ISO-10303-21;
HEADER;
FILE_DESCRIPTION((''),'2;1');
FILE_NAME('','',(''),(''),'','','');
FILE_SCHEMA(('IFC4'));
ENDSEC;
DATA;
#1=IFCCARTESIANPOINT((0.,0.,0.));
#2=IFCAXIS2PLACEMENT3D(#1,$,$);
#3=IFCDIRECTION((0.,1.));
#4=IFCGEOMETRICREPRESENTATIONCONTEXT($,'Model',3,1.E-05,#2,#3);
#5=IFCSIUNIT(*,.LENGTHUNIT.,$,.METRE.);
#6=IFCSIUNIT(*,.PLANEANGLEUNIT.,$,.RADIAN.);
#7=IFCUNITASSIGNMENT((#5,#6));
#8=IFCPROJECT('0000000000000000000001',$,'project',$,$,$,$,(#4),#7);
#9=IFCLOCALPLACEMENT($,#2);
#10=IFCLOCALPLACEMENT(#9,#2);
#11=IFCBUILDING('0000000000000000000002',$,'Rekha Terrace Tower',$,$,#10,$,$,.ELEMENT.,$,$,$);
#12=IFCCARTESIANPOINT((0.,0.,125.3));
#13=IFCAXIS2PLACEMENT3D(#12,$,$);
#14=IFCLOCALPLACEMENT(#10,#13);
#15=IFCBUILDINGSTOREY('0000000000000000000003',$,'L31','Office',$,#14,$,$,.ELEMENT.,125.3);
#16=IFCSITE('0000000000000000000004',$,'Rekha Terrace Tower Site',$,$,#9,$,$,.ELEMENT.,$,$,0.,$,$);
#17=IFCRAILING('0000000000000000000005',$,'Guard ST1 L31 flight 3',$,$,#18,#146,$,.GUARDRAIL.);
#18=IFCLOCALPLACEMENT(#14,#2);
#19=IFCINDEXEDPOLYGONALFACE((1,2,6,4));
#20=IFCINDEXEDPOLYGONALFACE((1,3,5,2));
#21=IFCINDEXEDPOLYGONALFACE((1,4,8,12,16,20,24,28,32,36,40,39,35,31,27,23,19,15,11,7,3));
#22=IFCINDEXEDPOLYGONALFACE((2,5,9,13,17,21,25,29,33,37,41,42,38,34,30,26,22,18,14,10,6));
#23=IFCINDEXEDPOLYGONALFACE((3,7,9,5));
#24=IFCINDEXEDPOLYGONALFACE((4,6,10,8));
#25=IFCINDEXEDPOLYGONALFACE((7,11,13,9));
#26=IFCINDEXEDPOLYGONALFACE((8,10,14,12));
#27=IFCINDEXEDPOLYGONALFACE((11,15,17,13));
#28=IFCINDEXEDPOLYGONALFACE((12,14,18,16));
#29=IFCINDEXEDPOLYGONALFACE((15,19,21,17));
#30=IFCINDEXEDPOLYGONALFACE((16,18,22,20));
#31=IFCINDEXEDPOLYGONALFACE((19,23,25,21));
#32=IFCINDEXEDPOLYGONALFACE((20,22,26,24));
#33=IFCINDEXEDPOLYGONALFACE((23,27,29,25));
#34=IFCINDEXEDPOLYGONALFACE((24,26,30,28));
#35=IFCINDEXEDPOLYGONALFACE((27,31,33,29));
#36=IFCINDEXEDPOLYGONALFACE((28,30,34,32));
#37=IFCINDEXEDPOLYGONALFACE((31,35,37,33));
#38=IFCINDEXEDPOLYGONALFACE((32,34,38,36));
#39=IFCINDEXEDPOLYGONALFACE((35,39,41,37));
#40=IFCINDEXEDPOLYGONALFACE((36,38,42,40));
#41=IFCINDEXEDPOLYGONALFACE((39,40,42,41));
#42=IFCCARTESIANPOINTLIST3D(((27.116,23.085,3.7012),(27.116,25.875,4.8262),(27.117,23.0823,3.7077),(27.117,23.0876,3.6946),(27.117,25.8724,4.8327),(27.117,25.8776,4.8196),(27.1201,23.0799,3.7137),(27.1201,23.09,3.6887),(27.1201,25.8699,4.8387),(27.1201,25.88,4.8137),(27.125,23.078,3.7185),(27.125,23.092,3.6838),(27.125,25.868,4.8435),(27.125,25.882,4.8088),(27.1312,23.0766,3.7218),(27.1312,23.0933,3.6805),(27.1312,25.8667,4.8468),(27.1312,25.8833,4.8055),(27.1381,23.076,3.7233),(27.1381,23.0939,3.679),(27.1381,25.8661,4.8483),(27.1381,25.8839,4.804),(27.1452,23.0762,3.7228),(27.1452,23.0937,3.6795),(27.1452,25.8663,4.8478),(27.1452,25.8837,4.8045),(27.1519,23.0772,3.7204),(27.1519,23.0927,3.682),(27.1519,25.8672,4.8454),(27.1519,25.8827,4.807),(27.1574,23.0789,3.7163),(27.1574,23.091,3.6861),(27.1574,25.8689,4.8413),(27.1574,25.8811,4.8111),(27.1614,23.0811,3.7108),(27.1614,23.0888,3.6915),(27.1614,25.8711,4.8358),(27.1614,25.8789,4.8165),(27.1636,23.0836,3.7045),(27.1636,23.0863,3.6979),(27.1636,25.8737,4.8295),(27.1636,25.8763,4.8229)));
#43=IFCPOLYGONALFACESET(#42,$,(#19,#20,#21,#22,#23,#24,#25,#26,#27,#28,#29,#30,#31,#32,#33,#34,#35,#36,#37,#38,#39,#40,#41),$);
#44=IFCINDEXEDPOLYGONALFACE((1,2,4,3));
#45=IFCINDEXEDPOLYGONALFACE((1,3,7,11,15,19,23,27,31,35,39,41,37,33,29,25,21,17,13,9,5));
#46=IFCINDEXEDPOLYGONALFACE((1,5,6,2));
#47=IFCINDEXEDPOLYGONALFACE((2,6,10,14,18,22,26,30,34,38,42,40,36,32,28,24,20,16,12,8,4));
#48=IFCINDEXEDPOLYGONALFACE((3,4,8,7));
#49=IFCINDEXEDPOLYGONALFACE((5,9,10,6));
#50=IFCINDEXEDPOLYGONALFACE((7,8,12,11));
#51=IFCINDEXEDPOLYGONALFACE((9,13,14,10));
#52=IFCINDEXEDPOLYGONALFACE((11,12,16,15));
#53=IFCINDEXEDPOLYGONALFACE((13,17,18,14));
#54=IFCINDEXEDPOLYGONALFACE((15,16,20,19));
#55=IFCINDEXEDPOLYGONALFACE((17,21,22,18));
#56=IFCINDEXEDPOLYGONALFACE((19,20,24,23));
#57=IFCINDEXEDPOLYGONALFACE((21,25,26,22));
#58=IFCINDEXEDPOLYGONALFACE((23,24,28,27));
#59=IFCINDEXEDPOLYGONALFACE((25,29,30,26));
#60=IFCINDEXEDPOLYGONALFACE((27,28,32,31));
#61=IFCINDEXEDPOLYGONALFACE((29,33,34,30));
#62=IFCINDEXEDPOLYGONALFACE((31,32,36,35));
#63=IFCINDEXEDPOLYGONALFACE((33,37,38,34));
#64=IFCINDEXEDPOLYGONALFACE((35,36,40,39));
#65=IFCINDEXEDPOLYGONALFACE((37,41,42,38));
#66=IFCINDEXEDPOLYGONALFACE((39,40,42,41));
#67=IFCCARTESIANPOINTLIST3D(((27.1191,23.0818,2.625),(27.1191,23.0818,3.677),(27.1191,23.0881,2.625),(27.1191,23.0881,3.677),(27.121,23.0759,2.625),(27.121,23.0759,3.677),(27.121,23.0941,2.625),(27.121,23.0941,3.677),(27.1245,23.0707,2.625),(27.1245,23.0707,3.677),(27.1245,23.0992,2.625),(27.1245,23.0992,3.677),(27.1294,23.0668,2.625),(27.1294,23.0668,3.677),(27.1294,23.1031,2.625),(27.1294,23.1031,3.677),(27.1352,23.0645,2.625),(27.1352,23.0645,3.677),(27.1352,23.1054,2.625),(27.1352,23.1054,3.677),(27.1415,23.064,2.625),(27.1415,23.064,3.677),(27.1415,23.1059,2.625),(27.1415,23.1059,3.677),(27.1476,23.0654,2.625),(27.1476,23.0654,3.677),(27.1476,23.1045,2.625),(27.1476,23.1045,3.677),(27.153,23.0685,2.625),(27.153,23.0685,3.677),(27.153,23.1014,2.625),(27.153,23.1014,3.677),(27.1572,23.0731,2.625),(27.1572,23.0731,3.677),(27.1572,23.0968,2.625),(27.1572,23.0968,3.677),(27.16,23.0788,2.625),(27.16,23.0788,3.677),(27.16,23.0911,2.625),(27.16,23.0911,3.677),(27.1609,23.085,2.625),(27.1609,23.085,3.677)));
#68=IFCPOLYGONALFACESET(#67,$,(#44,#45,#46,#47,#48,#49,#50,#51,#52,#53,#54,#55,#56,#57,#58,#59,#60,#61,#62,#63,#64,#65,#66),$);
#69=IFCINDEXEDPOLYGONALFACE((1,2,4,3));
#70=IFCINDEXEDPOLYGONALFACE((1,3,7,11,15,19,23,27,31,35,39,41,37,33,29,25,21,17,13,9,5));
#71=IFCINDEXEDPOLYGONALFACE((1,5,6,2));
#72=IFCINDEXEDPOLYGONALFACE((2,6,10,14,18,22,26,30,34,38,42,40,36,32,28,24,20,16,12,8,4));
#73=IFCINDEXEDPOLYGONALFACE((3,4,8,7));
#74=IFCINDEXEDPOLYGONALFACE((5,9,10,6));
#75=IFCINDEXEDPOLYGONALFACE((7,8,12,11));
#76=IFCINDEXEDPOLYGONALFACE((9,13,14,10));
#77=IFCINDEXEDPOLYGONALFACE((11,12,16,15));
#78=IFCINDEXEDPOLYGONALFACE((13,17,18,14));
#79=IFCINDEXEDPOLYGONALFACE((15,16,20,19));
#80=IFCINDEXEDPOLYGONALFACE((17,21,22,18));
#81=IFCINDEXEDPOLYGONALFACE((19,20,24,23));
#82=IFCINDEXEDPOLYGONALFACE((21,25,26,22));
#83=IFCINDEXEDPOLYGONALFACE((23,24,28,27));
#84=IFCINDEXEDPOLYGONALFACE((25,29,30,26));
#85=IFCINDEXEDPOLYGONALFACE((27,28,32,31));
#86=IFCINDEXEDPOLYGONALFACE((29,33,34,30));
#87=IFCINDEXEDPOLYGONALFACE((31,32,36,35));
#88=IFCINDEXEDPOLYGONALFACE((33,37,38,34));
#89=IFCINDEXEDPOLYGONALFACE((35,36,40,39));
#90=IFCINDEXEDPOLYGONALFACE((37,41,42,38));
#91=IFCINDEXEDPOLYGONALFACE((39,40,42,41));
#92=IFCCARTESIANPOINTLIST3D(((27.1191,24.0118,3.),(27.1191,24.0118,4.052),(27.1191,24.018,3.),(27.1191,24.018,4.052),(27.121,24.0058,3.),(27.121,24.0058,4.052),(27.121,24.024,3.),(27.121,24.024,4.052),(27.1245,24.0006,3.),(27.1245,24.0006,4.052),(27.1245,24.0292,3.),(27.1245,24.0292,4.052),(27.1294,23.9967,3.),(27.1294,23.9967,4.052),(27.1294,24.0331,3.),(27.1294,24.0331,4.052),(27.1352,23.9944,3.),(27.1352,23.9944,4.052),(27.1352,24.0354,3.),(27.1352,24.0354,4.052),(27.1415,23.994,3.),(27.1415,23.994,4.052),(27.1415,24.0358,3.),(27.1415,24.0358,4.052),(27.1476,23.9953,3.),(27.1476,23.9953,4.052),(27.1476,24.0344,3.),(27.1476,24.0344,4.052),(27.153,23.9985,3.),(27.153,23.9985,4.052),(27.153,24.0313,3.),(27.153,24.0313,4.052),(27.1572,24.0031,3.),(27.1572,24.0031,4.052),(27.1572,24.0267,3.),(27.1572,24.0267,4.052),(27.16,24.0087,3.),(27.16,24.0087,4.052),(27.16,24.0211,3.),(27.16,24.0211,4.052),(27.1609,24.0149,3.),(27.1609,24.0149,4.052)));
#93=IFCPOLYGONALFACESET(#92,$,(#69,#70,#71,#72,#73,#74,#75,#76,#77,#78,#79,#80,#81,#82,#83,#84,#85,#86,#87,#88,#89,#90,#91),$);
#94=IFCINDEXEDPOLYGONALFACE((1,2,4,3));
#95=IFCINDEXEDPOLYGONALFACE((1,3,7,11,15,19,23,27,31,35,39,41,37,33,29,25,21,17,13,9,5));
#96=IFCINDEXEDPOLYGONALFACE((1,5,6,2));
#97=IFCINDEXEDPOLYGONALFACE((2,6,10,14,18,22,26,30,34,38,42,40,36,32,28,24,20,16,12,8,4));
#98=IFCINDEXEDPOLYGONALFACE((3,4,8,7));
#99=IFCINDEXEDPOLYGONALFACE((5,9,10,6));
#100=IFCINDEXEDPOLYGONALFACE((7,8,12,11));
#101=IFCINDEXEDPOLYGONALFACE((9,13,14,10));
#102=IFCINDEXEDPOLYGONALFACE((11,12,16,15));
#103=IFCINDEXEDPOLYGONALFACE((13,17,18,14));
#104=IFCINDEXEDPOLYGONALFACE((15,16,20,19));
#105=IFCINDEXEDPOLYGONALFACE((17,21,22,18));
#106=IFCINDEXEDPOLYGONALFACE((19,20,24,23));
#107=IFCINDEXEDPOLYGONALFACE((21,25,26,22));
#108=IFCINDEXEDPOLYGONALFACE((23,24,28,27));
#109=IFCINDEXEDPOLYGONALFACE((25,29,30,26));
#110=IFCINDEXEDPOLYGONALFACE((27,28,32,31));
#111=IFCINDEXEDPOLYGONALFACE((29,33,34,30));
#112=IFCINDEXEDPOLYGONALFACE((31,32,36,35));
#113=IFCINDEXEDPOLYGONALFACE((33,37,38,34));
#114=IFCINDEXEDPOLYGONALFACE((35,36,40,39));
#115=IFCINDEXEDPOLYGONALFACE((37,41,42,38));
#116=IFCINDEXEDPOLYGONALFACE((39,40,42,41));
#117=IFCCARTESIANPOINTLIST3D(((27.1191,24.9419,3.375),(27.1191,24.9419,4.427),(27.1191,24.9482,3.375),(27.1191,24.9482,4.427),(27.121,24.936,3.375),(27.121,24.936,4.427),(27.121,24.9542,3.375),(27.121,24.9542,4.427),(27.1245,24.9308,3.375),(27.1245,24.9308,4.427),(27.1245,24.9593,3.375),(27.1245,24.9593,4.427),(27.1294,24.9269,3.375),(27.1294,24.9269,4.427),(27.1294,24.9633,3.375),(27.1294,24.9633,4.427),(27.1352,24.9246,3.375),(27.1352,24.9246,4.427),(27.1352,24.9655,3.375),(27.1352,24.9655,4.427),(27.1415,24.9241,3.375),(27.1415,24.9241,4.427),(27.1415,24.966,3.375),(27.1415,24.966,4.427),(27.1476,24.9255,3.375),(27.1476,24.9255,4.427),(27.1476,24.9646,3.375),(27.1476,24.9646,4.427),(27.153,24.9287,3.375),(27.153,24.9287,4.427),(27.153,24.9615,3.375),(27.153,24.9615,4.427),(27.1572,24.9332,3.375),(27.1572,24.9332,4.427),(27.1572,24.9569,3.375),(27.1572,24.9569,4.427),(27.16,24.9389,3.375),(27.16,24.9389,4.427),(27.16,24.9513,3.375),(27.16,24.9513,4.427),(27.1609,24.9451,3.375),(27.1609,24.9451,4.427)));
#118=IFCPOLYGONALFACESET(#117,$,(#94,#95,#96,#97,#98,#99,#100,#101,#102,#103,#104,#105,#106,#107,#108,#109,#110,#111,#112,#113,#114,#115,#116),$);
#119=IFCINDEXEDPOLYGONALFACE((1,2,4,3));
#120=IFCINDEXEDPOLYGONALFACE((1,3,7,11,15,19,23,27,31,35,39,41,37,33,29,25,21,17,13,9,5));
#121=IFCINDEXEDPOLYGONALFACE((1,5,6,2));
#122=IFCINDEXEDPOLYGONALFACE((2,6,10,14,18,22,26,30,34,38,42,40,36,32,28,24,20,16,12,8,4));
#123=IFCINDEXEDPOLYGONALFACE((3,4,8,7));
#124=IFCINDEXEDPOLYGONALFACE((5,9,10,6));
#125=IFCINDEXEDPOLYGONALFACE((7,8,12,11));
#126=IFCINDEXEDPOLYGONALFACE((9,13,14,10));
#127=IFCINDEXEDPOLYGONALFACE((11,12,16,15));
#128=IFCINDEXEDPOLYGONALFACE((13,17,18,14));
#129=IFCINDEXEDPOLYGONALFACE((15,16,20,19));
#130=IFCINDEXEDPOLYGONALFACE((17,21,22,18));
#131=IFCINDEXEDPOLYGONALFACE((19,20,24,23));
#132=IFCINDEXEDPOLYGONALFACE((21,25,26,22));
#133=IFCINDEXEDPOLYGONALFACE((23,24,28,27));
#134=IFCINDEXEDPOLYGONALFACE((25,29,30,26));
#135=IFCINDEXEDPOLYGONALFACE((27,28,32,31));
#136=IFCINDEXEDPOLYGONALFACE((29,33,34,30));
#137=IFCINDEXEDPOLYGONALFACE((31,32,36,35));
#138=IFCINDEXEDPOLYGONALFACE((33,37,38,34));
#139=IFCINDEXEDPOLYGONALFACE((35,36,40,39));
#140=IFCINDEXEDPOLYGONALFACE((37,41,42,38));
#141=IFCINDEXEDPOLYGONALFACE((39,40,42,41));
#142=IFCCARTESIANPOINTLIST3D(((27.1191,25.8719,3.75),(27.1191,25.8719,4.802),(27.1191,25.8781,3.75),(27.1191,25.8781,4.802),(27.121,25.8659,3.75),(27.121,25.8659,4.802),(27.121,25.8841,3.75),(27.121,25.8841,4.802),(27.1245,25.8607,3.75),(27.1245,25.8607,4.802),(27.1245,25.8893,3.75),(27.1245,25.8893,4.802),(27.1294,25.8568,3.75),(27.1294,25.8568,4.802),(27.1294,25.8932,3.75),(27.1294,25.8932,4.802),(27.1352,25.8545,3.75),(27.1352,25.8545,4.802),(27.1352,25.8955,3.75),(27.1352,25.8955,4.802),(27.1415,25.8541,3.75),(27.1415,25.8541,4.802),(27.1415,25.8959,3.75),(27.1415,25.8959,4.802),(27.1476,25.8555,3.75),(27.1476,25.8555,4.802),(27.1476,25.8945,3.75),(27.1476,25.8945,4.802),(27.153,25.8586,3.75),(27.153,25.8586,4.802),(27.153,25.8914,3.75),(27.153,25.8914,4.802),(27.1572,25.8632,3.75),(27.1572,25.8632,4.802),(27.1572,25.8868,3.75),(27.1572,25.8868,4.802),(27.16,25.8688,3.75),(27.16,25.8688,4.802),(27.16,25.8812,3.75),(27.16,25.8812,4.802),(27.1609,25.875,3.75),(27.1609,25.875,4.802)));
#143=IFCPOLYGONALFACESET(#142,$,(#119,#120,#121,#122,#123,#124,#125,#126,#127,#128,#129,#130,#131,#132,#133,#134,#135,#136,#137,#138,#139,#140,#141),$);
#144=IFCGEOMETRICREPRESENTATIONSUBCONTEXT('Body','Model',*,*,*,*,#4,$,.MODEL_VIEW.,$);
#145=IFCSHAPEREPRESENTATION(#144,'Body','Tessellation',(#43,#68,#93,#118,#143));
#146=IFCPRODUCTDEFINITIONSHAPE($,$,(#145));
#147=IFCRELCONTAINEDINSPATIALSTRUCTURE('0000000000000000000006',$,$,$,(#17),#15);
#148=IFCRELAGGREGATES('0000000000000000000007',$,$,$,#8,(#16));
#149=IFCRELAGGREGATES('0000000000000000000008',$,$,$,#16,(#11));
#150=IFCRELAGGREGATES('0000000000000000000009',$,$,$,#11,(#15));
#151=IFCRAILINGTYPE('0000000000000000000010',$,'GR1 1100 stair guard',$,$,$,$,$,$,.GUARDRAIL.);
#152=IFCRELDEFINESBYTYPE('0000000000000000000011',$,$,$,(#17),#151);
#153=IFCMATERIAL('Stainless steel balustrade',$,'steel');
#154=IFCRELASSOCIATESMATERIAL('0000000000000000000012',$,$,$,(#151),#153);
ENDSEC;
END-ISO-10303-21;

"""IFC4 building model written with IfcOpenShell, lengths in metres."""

from ifc_helpers import new_model, si_unit, direction, frame, origin, origin_2d, place, context, subcontext, project, spatial, circle, extrude, material, type_object, element, save


model = new_model("IFC4")

# Units and contexts
model_context = context("Model", 3, precision=1e-05, world=origin(), true_north=direction((0.0, 1.0)))
body_context = subcontext(model_context, "Body", "Model", "MODEL_VIEW")
ifc_project = project(units=[si_unit("LENGTHUNIT", "METRE"), si_unit("PLANEANGLEUNIT", "RADIAN")], contexts=[model_context])

# Site, building, storey
site_placement = place(None, origin())
site = spatial("IfcSite", under=ifc_project, at=site_placement, Name="Rekha Terrace Tower Site", CompositionType="ELEMENT", RefElevation=0.0)
building_placement = place(site_placement, origin())
building = spatial("IfcBuilding", under=site, at=building_placement, Name="Rekha Terrace Tower", CompositionType="ELEMENT")
storey_placement = place(building_placement, frame((0.0, 0.0, 125.3)))
storey = spatial("IfcBuildingStorey", under=building, at=storey_placement, Name="L31", Description="Office", CompositionType="ELEMENT", Elevation=125.3)

# Railing
ifc_material_1 = material(Name="Stainless steel balustrade", Category="steel")
railing_type_1 = type_object("IfcRailingType", Name="GR1 1100 stair guard", PredefinedType="GUARDRAIL", material=ifc_material_1)
railing_1_placement = place(storey_placement, frame((27.1399, 23.085, 2.625)))
element("IfcRailing", 1, at=railing_1_placement, inside=storey, type_object=railing_type_1, Name="Guard ST1 L31 flight 3", PredefinedType="GUARDRAIL", context=body_context, shape_type="SweptSolid", body=[
    extrude(circle(Radius=0.0239, at=origin_2d()), frame((0.0, 0.0, 1.0762), z_axis=(0.0, 0.927443, 0.373964), x_axis=(-1.0, 0.0, 0.0)), (0.0, 0.0, 1.0), 3.0083),
    extrude(circle(Radius=0.021, at=origin_2d()), origin(), (0.0, 0.0, 1.0), 1.052),
    extrude(circle(Radius=0.021, at=origin_2d()), frame((0.0, 0.9299, 0.375)), (0.0, 0.0, 1.0), 1.052),
    extrude(circle(Radius=0.021, at=origin_2d()), frame((0.0, 1.8601, 0.75)), (0.0, 0.0, 1.0), 1.052),
    extrude(circle(Radius=0.021, at=origin_2d()), frame((0.0, 2.79, 1.125)), (0.0, 0.0, 1.0), 1.052),
])

save(model, "model.ifc")
